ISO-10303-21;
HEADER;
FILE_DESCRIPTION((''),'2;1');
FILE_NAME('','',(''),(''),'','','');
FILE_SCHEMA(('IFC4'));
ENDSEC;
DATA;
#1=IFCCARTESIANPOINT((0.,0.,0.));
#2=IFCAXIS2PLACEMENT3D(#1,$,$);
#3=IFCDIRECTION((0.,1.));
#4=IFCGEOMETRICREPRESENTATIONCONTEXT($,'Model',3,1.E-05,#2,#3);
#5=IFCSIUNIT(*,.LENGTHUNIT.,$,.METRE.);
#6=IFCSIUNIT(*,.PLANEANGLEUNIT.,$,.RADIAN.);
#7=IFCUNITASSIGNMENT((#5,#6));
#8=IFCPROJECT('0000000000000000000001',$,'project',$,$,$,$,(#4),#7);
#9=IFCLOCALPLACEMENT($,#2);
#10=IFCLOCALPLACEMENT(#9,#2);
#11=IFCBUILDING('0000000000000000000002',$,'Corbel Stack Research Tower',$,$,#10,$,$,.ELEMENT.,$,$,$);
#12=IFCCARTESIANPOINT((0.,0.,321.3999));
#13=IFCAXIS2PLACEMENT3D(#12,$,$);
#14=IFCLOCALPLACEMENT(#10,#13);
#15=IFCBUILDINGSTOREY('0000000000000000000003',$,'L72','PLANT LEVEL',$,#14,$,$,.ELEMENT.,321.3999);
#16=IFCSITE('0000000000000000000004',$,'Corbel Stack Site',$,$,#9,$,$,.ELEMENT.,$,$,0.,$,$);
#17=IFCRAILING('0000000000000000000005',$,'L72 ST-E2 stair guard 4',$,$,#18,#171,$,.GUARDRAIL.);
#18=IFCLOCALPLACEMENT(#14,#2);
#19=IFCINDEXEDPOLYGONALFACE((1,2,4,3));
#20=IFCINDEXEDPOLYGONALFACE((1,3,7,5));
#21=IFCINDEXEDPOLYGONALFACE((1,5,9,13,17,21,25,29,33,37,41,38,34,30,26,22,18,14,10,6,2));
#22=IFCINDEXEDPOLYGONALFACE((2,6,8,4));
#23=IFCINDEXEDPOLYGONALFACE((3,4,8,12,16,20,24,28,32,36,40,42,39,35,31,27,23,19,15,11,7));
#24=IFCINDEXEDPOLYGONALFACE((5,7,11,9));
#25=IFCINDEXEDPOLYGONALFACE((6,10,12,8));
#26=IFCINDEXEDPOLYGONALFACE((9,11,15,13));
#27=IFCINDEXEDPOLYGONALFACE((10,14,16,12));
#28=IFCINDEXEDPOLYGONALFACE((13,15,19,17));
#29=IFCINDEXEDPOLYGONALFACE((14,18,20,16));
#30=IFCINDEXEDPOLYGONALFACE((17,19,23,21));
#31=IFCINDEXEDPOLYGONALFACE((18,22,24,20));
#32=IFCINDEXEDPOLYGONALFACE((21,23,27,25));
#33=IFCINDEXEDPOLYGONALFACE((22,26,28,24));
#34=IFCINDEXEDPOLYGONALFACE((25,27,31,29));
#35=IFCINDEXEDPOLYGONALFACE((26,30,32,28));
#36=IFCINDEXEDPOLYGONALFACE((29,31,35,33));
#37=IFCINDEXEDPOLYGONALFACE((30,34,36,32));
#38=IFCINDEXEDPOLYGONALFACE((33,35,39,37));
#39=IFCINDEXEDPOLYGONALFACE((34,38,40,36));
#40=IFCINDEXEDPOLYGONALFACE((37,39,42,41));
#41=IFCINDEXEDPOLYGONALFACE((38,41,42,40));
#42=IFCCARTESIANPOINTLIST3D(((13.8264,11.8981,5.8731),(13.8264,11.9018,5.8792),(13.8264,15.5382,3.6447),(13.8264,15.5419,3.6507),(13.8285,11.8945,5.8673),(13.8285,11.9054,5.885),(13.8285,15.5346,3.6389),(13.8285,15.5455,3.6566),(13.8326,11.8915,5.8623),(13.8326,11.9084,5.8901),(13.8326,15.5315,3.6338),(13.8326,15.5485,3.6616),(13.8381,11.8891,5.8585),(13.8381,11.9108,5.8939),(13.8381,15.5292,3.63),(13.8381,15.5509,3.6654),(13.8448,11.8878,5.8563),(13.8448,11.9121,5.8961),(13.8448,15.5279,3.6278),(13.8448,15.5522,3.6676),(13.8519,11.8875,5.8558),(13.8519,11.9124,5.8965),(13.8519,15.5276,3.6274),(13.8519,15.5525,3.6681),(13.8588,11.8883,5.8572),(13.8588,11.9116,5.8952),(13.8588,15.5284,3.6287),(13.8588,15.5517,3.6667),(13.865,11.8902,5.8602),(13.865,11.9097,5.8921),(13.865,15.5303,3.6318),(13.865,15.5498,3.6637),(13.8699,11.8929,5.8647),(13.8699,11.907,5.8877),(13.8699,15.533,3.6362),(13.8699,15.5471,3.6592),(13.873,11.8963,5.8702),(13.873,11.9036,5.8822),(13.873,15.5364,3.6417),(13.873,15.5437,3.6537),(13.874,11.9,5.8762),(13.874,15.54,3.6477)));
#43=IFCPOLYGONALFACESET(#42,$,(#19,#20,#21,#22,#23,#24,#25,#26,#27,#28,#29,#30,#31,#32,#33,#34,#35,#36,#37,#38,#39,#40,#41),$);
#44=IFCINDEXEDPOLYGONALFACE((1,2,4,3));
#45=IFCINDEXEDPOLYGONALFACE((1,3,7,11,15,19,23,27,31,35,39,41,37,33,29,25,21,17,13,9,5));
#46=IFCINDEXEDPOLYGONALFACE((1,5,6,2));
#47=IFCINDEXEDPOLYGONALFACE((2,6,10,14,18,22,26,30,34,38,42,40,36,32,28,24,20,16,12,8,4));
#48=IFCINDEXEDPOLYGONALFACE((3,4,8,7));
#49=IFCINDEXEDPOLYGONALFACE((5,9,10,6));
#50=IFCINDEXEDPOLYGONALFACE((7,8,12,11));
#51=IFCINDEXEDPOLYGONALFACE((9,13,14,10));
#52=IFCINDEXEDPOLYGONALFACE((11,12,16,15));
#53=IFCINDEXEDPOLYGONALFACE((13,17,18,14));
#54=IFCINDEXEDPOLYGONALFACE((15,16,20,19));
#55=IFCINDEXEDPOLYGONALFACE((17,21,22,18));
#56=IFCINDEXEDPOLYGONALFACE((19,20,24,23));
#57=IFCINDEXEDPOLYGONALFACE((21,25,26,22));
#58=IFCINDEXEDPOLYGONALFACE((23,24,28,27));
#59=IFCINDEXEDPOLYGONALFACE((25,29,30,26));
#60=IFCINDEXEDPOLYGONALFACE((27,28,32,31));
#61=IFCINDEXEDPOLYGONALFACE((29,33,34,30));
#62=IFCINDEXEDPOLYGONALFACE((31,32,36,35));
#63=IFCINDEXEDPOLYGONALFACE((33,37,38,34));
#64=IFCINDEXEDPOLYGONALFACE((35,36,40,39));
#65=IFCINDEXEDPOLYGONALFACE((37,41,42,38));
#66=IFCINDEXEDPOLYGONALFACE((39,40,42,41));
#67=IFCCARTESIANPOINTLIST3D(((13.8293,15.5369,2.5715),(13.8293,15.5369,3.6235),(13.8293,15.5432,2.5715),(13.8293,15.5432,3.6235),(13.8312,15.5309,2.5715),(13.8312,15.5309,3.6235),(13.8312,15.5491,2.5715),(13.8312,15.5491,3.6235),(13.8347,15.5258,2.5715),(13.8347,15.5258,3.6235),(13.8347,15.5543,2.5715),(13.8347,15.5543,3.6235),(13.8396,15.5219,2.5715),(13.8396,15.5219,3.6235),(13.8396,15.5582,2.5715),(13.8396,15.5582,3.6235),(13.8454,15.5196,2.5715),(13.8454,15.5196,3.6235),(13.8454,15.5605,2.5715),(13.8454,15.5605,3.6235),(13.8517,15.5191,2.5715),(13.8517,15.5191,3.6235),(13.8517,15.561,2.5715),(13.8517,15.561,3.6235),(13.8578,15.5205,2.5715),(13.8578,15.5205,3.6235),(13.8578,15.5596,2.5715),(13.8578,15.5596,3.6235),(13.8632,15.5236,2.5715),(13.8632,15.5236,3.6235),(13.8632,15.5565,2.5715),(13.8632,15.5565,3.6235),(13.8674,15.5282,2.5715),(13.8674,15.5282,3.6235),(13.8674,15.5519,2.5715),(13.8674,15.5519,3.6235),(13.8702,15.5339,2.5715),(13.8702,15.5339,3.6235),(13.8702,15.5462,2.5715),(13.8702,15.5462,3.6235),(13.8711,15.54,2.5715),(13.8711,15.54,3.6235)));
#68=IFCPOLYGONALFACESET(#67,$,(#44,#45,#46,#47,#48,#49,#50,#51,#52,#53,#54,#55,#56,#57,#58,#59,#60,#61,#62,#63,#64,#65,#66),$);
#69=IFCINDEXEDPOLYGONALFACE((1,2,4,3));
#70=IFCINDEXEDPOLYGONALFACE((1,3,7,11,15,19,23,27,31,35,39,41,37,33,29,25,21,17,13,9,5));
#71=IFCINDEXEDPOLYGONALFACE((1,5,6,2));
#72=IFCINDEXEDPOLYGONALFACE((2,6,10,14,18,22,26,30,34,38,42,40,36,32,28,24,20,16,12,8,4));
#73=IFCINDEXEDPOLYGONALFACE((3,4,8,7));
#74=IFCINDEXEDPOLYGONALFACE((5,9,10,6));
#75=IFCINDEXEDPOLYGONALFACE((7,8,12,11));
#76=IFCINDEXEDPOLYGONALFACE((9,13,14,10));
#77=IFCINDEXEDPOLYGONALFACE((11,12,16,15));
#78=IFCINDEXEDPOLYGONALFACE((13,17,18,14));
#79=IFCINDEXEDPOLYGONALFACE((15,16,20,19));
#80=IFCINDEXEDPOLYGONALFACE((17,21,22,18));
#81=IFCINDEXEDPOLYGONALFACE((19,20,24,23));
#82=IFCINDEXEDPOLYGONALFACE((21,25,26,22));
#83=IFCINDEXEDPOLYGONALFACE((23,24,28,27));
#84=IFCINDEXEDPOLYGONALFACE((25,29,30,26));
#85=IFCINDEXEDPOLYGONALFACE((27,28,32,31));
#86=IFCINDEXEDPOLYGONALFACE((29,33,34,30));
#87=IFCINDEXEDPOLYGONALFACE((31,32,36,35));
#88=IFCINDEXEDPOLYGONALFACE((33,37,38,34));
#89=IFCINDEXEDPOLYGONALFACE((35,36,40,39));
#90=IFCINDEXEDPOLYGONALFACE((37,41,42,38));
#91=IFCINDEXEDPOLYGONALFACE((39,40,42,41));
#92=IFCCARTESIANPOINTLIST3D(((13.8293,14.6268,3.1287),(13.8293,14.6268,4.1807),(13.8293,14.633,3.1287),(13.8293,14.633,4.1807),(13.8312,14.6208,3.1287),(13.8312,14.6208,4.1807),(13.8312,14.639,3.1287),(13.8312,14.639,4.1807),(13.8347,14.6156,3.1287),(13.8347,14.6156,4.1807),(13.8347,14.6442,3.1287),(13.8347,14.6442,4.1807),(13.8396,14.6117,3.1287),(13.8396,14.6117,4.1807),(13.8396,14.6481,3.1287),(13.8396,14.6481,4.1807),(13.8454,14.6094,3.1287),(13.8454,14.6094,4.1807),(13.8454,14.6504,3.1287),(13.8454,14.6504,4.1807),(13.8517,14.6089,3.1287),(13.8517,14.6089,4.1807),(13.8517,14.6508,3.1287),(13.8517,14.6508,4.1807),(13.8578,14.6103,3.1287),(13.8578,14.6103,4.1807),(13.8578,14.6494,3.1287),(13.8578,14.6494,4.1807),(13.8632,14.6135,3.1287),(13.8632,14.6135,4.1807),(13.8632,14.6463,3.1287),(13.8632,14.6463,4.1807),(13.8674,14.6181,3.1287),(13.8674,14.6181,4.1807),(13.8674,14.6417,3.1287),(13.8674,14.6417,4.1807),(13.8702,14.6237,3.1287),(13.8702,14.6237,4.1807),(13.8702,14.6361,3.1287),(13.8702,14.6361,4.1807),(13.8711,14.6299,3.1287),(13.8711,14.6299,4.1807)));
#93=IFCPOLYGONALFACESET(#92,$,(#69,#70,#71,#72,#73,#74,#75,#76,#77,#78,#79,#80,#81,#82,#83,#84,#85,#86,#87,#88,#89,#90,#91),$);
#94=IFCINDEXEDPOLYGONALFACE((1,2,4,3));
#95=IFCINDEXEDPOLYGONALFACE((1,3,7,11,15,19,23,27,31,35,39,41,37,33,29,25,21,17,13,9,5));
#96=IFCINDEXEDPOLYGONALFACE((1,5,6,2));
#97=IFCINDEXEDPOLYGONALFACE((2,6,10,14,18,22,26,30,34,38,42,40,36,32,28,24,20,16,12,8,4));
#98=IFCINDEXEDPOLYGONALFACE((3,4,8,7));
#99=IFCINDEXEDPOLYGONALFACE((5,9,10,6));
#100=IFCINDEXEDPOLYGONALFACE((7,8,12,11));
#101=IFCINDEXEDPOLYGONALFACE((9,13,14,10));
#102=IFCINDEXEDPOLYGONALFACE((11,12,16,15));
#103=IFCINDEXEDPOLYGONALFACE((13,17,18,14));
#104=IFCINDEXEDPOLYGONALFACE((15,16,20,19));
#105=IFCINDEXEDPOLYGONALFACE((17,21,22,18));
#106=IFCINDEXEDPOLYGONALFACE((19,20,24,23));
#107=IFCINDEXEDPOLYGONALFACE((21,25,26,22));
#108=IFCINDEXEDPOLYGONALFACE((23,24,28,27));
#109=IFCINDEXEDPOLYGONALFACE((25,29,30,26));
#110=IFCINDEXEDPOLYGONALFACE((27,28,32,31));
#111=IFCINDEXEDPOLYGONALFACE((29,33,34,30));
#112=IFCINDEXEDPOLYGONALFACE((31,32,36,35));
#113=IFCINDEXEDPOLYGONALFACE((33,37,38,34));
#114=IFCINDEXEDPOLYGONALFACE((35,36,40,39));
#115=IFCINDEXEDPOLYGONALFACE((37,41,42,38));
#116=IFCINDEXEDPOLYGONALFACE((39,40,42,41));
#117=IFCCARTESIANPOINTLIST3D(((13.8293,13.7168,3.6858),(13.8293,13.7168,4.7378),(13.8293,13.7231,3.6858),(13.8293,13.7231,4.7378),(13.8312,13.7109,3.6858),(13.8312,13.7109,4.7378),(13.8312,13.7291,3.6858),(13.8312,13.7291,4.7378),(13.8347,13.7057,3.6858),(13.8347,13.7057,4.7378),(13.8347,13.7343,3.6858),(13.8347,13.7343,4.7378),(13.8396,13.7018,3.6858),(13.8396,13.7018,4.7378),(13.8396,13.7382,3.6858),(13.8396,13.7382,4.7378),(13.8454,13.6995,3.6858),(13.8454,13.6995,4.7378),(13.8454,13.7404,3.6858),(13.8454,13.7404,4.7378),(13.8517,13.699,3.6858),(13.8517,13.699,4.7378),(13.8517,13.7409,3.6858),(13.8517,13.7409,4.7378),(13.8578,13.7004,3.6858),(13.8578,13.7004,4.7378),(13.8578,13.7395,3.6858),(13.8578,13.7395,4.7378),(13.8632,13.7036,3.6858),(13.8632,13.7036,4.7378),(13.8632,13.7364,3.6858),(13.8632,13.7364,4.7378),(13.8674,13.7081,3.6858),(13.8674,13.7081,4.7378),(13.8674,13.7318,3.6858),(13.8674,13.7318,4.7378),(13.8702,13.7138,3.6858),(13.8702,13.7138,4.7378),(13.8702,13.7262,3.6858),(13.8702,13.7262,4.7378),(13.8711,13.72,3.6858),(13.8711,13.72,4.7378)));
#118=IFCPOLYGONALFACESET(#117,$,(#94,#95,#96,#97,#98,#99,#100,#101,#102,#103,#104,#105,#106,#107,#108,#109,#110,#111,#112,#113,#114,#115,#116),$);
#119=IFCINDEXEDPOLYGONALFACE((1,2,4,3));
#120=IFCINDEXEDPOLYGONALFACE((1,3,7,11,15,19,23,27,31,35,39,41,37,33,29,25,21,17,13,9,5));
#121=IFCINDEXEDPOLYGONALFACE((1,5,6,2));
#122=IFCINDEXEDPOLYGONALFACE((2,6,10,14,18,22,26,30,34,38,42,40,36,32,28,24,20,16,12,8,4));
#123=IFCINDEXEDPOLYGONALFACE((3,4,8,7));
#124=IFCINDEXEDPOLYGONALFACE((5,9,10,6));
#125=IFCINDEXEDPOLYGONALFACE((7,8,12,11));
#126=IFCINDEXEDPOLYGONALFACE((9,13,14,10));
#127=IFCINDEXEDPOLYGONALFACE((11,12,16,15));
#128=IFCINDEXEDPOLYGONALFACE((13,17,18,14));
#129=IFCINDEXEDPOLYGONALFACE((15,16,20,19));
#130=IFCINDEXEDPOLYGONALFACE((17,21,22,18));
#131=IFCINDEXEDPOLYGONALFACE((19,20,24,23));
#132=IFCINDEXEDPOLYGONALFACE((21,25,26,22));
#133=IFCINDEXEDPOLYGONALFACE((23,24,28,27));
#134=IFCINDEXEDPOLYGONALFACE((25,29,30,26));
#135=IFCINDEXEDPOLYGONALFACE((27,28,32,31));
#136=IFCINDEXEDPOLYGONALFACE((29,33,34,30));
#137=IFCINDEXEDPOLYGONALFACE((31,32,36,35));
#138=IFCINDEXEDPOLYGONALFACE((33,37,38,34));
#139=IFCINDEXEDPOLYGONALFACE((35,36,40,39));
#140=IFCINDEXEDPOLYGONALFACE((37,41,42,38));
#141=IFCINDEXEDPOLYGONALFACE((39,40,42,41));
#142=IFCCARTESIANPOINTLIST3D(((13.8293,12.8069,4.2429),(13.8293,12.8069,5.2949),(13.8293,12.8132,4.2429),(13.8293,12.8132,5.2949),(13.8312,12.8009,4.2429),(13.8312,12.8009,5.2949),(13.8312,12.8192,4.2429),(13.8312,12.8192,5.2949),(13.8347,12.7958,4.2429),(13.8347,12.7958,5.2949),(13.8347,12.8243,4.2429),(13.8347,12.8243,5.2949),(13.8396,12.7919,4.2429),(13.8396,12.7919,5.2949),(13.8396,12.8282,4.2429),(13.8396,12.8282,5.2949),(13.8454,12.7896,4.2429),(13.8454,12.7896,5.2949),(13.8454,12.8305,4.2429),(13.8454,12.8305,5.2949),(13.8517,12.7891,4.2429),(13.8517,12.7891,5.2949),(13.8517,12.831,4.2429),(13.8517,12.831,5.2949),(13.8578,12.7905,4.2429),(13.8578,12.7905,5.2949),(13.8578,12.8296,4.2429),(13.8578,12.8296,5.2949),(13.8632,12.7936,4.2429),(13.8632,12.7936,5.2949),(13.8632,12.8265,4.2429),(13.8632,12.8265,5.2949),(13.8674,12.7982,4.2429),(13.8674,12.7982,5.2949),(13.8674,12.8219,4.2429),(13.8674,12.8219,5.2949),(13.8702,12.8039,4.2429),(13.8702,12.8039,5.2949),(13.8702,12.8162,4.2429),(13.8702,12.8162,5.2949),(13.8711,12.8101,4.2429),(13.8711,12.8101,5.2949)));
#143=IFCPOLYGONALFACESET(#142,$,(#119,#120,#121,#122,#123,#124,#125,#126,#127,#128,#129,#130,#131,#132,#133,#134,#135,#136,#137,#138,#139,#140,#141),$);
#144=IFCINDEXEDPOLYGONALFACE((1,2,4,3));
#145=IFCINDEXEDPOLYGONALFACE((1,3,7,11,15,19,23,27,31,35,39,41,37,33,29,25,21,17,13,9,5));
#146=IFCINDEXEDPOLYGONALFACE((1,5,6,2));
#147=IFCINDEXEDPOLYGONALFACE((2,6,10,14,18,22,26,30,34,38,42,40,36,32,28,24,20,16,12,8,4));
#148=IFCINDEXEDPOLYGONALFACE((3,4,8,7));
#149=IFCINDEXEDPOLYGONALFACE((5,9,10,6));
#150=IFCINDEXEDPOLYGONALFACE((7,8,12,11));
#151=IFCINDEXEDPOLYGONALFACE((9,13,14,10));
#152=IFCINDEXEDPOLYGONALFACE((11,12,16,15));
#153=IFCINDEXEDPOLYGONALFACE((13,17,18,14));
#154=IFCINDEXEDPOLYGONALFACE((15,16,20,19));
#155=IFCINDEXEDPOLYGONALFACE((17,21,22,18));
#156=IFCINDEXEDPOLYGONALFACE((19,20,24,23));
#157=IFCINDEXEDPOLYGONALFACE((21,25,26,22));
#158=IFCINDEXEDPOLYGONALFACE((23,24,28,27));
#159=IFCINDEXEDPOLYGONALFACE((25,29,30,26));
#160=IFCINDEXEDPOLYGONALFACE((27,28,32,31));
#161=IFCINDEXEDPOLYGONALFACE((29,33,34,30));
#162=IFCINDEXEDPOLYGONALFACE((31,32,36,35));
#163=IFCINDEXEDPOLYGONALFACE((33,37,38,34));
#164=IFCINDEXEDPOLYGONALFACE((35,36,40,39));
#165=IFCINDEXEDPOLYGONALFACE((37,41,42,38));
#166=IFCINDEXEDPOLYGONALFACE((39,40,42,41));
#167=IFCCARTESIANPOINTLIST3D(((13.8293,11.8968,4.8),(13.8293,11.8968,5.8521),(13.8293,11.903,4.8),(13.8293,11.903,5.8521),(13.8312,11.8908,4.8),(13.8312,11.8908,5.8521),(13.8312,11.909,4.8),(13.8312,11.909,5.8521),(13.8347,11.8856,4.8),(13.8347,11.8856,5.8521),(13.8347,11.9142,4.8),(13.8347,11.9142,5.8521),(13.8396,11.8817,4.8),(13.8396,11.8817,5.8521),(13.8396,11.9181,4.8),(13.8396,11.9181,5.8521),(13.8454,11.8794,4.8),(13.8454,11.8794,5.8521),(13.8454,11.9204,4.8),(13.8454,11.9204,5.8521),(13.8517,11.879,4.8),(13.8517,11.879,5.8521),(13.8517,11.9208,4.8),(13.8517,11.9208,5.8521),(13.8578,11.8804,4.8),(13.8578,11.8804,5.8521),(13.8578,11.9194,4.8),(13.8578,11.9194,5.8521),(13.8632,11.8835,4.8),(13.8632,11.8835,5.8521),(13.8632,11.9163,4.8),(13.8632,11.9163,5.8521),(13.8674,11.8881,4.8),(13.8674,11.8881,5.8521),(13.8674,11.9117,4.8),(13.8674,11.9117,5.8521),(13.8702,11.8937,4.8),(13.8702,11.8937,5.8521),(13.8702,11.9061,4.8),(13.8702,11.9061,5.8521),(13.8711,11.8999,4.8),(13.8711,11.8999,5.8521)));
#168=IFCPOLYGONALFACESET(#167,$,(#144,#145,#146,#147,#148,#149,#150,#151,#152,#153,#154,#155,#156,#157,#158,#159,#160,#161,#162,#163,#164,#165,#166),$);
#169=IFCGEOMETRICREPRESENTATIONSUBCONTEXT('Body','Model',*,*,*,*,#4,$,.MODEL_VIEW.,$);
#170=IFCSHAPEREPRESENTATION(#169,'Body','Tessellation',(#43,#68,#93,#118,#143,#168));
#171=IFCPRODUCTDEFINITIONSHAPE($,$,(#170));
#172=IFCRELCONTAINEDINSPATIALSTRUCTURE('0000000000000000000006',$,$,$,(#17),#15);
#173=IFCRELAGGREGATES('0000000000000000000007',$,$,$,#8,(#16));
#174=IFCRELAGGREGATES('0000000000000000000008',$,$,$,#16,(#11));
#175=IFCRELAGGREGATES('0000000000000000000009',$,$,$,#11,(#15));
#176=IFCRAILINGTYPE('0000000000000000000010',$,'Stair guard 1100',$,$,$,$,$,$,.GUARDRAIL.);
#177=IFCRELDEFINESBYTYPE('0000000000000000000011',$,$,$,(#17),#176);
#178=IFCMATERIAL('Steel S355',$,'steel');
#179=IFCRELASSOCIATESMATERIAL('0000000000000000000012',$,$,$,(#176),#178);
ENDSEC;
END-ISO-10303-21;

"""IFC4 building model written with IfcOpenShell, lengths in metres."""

from ifc_helpers import new_model, si_unit, direction, frame, origin, origin_2d, place, context, subcontext, project, spatial, circle, extrude, material, type_object, element, save


model = new_model("IFC4")

# Units and contexts
model_context = context("Model", 3, precision=1e-05, world=origin(), true_north=direction((0.0, 1.0)))
body_context = subcontext(model_context, "Body", "Model", "MODEL_VIEW")
ifc_project = project(units=[si_unit("LENGTHUNIT", "METRE"), si_unit("PLANEANGLEUNIT", "RADIAN")], contexts=[model_context])

# Site, building, storey
site_placement = place(None, origin())
site = spatial("IfcSite", under=ifc_project, at=site_placement, Name="Corbel Stack Site", CompositionType="ELEMENT", RefElevation=0.0)
building_placement = place(site_placement, origin())
building = spatial("IfcBuilding", under=site, at=building_placement, Name="Corbel Stack Research Tower", CompositionType="ELEMENT")
storey_placement = place(building_placement, frame((0.0, 0.0, 321.3999)))
storey = spatial("IfcBuildingStorey", under=building, at=storey_placement, Name="L72", Description="PLANT LEVEL", CompositionType="ELEMENT", Elevation=321.3999)

# Railing
ifc_material_1 = material(Name="Steel S355", Category="steel")
railing_type_1 = type_object("IfcRailingType", Name="Stair guard 1100", PredefinedType="GUARDRAIL", material=ifc_material_1)
railing_1_placement = place(storey_placement, frame((13.8501, 15.54, 2.5715)))
element("IfcRailing", 1, at=railing_1_placement, inside=storey, type_object=railing_type_1, Name="L72 ST-E2 stair guard 4", PredefinedType="GUARDRAIL", context=body_context, shape_type="SweptSolid", body=[
    extrude(circle(Radius=0.0239, at=origin_2d()), frame((0.0, 0.0, 1.0762), z_axis=(0.0, -0.852866, 0.52213), x_axis=(1.0, 0.0, 0.0)), (0.0, 0.0, 1.0), 4.2681),
    extrude(circle(Radius=0.021, at=origin_2d()), origin(), (0.0, 0.0, 1.0), 1.052),
    extrude(circle(Radius=0.021, at=origin_2d()), frame((0.0, -0.9102, 0.5571)), (0.0, 0.0, 1.0), 1.052),
    extrude(circle(Radius=0.021, at=origin_2d()), frame((0.0, -1.8201, 1.1143)), (0.0, 0.0, 1.0), 1.052),
    extrude(circle(Radius=0.021, at=origin_2d()), frame((0.0, -2.73, 1.6714)), (0.0, 0.0, 1.0), 1.052),
    extrude(circle(Radius=0.021, at=origin_2d()), frame((0.0, -3.6401, 2.2285)), (0.0, 0.0, 1.0), 1.052),
])

save(model, "model.ifc")
